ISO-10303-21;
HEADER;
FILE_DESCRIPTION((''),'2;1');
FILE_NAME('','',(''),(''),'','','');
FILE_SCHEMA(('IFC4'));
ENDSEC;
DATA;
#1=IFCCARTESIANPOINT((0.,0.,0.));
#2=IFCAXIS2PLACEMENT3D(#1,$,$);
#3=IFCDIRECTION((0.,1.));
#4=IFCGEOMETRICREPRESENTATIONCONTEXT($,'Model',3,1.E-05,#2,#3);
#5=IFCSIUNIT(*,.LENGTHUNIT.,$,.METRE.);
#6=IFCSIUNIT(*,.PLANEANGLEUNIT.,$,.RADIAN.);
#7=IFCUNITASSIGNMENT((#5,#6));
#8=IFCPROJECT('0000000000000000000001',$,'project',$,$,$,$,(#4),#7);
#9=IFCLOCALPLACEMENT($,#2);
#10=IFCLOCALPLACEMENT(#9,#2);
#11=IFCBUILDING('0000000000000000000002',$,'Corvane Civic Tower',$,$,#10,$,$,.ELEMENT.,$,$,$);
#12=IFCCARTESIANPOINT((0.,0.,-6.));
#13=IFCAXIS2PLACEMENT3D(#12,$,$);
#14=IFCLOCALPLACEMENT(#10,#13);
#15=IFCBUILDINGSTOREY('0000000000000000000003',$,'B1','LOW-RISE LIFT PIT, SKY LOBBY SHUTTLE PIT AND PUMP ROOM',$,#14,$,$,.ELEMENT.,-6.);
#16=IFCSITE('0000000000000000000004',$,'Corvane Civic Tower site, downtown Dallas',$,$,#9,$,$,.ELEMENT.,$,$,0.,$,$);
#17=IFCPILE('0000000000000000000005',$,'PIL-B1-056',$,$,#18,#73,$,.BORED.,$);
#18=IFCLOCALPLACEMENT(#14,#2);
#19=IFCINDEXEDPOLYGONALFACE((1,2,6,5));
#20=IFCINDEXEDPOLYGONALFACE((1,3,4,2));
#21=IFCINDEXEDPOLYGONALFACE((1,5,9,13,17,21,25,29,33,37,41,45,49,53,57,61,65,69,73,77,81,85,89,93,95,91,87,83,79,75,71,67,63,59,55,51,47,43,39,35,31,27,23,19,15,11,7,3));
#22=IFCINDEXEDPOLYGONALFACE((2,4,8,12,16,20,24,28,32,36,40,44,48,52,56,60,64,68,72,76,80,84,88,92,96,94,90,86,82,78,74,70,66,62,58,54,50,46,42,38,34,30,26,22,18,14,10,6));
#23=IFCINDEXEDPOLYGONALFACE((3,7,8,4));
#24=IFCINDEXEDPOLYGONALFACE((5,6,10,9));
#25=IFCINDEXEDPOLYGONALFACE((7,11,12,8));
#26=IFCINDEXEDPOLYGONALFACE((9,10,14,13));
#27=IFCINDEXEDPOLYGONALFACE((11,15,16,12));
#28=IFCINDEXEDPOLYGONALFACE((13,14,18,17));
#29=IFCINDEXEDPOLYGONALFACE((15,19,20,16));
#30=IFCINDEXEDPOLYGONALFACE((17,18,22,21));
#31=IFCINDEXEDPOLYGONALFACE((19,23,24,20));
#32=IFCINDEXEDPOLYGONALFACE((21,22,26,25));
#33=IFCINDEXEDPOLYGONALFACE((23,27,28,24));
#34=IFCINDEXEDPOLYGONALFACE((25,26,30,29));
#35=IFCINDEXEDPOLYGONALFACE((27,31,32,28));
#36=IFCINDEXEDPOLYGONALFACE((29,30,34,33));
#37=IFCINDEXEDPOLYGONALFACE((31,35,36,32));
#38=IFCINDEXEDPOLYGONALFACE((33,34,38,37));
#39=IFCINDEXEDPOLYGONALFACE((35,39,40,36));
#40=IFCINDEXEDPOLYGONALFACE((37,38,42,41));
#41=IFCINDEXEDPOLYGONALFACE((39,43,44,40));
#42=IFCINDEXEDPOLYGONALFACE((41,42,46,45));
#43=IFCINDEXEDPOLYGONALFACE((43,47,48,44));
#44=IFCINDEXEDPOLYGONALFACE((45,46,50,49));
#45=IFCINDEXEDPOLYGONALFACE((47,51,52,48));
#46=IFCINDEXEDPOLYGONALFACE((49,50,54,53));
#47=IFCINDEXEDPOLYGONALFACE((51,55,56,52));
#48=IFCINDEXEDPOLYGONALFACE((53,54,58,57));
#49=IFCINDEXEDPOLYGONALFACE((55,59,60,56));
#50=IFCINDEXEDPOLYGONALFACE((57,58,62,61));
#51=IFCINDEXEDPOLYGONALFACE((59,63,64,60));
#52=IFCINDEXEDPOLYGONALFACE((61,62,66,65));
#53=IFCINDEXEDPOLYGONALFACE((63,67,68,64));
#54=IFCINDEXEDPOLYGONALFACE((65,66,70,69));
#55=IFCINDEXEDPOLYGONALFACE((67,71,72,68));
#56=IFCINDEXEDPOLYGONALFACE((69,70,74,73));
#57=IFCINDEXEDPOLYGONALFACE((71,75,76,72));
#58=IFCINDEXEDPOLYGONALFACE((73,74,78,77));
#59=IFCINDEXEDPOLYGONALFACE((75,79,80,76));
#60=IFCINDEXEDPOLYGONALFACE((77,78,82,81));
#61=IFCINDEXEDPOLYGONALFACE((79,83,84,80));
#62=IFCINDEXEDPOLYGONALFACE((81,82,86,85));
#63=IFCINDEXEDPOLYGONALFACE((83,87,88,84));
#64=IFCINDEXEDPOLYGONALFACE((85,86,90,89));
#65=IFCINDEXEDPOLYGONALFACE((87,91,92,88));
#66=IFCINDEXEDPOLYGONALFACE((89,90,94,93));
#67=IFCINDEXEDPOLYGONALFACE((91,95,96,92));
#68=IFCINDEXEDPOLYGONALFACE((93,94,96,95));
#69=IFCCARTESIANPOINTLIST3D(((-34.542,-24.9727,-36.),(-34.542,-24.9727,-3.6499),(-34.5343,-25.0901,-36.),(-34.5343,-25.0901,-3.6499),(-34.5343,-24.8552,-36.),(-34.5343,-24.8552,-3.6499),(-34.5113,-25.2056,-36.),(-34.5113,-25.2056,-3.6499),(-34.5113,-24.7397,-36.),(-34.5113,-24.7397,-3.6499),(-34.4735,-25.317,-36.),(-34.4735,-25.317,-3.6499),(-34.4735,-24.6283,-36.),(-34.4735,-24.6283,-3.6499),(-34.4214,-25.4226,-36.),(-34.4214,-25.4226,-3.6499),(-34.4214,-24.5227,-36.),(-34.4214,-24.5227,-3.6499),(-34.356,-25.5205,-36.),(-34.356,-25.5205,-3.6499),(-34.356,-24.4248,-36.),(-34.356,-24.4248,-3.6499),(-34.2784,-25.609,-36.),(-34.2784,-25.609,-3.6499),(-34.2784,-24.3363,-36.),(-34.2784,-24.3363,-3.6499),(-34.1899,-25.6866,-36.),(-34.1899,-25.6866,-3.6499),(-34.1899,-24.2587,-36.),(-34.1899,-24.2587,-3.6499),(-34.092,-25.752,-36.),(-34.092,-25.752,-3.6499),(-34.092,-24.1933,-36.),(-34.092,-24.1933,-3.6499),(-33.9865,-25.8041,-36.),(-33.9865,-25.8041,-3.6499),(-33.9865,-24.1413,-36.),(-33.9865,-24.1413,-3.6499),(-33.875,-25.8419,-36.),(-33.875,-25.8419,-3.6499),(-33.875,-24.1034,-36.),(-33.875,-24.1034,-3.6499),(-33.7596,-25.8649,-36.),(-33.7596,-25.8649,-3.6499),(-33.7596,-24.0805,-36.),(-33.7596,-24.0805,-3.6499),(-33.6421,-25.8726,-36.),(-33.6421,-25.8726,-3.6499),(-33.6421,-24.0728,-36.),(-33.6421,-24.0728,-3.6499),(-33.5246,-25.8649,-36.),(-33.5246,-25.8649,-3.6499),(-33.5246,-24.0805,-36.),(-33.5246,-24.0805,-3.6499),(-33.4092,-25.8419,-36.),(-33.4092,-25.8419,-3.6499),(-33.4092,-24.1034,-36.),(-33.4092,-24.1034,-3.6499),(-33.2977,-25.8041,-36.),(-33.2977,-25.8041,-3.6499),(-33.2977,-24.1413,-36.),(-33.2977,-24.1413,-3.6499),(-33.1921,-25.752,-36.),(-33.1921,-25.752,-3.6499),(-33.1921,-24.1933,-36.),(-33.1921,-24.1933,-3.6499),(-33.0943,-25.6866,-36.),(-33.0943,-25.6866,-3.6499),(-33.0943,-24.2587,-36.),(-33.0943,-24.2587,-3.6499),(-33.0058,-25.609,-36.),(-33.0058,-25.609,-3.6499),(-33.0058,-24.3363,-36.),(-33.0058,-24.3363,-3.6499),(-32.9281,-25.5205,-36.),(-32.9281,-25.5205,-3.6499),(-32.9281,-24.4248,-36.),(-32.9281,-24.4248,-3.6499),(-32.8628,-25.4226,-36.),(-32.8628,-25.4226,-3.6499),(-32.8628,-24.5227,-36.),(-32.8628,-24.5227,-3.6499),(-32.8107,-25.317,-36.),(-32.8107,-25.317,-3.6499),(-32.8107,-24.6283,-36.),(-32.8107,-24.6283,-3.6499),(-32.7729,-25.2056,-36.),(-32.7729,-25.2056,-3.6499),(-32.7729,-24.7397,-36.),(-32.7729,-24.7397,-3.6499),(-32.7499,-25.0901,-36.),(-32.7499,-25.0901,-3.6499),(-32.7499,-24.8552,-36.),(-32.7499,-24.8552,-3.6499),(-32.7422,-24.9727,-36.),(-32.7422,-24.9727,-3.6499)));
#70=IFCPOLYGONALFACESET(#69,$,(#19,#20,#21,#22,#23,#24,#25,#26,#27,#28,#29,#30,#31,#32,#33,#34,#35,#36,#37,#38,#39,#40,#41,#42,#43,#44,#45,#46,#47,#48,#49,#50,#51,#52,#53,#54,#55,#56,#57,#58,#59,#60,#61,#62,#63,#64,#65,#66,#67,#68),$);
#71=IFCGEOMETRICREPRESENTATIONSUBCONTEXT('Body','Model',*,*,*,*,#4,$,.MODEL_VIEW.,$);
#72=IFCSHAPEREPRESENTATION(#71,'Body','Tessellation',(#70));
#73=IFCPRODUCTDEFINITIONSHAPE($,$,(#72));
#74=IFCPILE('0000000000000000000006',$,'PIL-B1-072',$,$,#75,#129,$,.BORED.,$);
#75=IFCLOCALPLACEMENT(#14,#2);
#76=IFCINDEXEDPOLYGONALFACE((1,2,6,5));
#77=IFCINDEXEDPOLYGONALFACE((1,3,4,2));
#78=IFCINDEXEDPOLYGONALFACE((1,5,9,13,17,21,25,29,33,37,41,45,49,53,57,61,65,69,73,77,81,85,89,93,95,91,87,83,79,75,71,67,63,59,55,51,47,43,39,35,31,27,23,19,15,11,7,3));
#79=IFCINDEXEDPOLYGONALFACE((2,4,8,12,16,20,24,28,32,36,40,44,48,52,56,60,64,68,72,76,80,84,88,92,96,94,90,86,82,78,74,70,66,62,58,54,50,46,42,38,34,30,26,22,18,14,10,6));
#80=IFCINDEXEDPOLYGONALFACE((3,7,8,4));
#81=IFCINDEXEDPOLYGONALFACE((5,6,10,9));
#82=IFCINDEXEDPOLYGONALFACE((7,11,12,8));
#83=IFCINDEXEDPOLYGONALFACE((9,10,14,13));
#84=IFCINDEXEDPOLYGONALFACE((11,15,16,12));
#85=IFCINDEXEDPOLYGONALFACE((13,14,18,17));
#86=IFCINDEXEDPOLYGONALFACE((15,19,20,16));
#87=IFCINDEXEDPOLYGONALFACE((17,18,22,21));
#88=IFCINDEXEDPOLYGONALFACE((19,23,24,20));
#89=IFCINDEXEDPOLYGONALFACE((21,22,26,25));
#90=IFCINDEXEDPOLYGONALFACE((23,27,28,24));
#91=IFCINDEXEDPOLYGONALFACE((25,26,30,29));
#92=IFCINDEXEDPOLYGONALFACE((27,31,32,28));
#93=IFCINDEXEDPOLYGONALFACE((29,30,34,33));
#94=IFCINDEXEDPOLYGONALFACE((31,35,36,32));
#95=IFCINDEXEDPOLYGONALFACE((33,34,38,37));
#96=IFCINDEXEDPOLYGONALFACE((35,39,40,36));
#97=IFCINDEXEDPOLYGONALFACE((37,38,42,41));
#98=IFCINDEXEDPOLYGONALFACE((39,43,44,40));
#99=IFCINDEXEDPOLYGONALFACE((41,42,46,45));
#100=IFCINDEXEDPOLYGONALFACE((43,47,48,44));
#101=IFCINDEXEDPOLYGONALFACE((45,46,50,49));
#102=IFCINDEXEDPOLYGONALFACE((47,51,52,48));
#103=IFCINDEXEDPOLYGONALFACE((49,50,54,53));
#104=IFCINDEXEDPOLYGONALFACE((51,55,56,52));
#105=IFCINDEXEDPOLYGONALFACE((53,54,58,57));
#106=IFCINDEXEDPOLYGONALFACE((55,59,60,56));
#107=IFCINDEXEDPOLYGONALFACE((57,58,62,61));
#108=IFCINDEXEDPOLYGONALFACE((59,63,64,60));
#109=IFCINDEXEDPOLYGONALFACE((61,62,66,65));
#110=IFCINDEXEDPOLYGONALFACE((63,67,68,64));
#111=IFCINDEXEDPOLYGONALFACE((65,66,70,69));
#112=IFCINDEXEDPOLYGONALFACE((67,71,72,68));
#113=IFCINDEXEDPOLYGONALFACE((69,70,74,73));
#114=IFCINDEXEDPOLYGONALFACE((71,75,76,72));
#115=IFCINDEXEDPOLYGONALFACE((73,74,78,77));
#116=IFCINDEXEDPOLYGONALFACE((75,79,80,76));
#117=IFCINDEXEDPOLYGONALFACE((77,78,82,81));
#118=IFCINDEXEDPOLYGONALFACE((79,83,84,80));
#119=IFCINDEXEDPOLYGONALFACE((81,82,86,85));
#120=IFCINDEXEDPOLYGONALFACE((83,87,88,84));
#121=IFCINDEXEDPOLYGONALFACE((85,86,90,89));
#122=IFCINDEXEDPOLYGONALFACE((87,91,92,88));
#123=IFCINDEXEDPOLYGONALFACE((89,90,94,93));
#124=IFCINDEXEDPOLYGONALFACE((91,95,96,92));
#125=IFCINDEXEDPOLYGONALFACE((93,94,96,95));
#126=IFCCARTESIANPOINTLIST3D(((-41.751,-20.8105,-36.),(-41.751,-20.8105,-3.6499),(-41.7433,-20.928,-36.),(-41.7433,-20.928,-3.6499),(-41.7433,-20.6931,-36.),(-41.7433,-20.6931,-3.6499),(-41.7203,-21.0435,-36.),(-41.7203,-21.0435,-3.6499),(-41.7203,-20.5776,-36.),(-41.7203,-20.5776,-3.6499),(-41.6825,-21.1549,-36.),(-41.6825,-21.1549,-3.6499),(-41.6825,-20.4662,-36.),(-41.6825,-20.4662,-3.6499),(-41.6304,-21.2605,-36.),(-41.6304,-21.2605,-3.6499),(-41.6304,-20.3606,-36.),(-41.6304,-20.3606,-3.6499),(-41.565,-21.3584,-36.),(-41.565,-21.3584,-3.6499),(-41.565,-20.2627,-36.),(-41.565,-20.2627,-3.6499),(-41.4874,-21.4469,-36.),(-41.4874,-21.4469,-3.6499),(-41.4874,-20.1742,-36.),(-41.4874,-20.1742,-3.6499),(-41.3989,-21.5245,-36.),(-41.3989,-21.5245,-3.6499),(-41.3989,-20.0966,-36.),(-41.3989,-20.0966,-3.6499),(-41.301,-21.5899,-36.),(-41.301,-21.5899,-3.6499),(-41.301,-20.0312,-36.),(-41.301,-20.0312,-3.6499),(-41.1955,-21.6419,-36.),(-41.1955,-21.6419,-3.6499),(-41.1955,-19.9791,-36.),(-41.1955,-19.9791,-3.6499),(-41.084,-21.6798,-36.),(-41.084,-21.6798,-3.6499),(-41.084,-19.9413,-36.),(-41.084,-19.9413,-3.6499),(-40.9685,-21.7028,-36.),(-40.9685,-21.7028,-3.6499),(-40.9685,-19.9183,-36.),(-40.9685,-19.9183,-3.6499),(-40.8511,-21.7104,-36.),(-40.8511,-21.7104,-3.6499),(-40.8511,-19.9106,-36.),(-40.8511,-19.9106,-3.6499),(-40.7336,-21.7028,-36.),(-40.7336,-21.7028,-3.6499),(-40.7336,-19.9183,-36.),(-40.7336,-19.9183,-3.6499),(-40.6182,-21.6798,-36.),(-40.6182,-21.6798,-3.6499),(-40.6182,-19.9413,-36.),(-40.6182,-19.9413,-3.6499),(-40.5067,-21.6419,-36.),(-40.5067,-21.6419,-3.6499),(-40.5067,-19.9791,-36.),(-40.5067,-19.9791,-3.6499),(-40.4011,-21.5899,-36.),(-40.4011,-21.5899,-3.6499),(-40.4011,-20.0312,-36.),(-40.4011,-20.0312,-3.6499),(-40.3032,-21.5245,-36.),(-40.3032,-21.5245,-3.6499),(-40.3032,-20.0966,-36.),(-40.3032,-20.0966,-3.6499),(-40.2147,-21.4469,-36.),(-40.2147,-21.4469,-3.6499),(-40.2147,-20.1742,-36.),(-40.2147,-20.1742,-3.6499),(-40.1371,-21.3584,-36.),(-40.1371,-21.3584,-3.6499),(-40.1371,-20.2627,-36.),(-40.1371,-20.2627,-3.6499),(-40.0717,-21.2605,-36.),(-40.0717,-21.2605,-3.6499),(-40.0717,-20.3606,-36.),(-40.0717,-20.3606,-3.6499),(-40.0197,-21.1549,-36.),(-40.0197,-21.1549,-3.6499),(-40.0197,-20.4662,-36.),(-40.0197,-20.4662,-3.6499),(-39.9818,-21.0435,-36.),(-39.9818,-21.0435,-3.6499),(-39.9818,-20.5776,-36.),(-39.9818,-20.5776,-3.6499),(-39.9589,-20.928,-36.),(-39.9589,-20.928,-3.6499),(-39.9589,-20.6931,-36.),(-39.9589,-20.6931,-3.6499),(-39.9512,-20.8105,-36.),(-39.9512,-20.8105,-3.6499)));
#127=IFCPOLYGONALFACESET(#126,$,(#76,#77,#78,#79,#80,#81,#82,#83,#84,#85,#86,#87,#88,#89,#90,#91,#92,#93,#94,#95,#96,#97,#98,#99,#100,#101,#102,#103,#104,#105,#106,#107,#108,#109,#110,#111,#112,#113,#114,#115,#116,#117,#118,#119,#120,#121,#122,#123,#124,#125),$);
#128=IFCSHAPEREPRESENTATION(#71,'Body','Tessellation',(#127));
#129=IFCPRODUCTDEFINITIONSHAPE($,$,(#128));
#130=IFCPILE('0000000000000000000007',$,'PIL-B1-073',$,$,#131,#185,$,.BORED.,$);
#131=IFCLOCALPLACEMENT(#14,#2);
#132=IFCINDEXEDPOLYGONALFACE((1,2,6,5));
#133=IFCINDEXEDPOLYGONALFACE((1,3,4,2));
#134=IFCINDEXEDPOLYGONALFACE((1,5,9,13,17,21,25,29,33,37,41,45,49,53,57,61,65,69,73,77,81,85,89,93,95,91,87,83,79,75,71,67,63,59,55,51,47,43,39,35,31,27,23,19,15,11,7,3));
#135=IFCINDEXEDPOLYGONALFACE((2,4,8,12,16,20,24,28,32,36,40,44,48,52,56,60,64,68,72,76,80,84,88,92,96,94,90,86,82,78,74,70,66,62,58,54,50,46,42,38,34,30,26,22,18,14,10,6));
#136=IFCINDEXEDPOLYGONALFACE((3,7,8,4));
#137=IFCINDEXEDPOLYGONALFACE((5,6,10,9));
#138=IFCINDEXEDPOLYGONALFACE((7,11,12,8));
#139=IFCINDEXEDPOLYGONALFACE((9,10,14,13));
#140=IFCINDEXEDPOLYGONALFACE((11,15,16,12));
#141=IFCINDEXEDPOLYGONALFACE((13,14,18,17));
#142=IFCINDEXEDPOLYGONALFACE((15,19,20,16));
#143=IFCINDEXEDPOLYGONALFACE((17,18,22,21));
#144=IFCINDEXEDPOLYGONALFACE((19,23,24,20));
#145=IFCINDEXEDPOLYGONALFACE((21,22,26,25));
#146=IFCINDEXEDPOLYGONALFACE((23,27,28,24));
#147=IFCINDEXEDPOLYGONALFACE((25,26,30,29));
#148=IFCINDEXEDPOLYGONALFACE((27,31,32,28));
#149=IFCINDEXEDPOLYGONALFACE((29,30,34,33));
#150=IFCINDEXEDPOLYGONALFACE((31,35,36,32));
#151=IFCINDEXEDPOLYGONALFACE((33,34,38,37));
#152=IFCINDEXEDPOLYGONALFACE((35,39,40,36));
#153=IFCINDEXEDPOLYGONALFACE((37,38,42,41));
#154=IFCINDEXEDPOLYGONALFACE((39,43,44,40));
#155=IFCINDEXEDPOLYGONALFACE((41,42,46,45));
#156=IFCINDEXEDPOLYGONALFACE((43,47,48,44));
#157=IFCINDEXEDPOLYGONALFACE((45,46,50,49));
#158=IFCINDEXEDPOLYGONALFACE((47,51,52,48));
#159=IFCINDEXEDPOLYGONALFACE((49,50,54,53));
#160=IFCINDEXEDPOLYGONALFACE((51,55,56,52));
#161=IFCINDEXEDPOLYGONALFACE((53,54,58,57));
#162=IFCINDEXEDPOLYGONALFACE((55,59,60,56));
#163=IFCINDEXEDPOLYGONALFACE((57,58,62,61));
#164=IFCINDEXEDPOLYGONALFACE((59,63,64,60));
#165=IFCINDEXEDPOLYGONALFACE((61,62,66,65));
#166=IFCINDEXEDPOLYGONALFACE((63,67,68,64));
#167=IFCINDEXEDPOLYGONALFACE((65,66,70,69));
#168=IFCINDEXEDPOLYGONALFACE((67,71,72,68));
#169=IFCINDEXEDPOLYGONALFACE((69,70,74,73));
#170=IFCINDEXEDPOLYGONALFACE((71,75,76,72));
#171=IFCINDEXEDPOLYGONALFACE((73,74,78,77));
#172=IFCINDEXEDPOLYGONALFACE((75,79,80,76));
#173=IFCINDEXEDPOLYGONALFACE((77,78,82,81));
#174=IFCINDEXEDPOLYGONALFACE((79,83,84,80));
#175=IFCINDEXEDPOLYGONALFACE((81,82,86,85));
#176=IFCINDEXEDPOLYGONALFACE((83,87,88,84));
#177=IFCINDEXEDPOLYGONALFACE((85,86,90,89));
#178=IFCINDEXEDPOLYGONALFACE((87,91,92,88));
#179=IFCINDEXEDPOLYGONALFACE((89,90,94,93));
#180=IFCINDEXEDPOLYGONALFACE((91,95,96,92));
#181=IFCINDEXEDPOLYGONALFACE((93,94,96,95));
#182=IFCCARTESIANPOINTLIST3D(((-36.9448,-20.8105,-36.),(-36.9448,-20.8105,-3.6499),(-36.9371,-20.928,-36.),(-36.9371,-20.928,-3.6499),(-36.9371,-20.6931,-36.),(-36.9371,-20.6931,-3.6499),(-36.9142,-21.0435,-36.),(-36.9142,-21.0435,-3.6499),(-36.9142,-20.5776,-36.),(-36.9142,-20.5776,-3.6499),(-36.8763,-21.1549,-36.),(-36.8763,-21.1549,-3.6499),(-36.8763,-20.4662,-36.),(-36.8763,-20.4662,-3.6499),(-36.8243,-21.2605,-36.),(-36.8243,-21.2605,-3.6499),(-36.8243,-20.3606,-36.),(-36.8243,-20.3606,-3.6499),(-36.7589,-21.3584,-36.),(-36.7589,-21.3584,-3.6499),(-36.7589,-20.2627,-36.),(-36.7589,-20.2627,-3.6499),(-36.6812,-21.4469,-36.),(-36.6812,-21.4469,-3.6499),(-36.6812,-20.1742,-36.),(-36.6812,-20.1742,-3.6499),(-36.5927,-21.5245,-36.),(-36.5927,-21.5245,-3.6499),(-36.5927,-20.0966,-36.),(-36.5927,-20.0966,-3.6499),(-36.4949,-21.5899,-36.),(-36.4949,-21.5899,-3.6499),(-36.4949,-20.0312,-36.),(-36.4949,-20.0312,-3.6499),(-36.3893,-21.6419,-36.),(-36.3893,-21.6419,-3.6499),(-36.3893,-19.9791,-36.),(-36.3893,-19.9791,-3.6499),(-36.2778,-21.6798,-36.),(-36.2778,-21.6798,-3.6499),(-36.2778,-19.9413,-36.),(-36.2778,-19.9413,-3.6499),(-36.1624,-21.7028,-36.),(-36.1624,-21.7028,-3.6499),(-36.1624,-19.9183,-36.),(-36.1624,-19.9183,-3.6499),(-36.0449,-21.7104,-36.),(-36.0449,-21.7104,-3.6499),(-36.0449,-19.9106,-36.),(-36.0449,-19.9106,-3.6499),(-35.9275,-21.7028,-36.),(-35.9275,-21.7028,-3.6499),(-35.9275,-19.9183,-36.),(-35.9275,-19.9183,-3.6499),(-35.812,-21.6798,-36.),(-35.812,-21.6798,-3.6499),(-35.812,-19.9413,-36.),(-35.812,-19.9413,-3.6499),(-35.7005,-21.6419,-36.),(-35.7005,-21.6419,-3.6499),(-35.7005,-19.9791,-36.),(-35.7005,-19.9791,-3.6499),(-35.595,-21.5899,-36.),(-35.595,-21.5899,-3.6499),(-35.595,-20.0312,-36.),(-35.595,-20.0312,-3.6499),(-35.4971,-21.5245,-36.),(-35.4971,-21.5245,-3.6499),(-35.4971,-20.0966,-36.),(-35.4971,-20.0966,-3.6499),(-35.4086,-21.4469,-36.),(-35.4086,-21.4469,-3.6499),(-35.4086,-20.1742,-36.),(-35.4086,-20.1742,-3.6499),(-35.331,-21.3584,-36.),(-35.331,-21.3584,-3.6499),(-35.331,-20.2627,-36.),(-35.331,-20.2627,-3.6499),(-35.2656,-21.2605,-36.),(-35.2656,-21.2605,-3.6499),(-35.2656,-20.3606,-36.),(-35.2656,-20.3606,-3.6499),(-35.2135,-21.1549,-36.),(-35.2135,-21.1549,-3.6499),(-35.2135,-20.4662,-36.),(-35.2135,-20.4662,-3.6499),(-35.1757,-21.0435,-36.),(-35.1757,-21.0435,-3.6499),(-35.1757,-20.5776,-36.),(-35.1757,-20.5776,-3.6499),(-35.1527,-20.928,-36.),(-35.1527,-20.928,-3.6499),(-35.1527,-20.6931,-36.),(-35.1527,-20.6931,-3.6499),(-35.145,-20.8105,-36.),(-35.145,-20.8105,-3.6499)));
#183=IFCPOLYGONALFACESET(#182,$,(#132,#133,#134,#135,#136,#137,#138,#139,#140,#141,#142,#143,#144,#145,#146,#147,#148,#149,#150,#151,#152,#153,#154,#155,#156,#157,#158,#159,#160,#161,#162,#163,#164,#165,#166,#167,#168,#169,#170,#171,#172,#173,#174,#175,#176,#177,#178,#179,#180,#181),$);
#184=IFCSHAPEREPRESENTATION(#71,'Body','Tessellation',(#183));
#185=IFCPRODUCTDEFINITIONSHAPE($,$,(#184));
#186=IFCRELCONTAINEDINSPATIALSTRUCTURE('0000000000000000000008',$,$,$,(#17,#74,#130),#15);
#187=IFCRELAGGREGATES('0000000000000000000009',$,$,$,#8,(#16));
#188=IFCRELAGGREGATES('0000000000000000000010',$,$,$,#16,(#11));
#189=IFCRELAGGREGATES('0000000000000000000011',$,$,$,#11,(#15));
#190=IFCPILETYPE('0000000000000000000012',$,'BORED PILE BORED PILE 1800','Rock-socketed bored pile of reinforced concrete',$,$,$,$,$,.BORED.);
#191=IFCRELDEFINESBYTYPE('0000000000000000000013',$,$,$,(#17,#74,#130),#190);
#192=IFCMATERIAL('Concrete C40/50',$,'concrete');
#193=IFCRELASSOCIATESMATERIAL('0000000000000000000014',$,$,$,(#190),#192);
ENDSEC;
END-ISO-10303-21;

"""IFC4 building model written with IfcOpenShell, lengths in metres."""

from ifc_helpers import new_model, si_unit, direction, frame, origin, origin_2d, place, context, subcontext, project, spatial, circle, extrude, material, material_profile, profile_set, type_object, element, save


model = new_model("IFC4")

# Units and contexts
model_context = context("Model", 3, precision=1e-05, world=origin(), true_north=direction((0.0, 1.0)))
body_context = subcontext(model_context, "Body", "Model", "MODEL_VIEW")
ifc_project = project(units=[si_unit("LENGTHUNIT", "METRE"), si_unit("PLANEANGLEUNIT", "RADIAN")], contexts=[model_context])

# Site, building, storey
site_placement = place(None, origin())
site = spatial("IfcSite", under=ifc_project, at=site_placement, Name="Corvane Civic Tower site, downtown Dallas", CompositionType="ELEMENT", RefElevation=0.0)
building_placement = place(site_placement, origin())
building = spatial("IfcBuilding", under=site, at=building_placement, Name="Corvane Civic Tower", CompositionType="ELEMENT")
storey_placement = place(building_placement, frame((0.0, 0.0, -6.0)))
storey = spatial("IfcBuildingStorey", under=building, at=storey_placement, Name="B1", Description="LOW-RISE LIFT PIT, SKY LOBBY SHUTTLE PIT AND PUMP ROOM", CompositionType="ELEMENT", Elevation=-6.0)

# Piles
ifc_material_1 = material(Name="Concrete C40/50", Category="concrete")
ifc_material_profile_1 = material_profile(ifc_material_1, circle(Radius=0.8999, at=origin_2d()), Name="BORED PILE 1800")
ifc_profile_set_1 = profile_set([ifc_material_profile_1], Name="Concrete C40/50")
pile_type_1 = type_object("IfcPileType", Name="BORED PILE BORED PILE 1800", Description="Rock-socketed bored pile of reinforced concrete", PredefinedType="BORED", material=ifc_profile_set_1)
for number, where, z_axis, x_axis, name in (
    (1, (-33.6421, -24.9727, -3.6499), (0.0, 0.0, -1.0), (1.0, 0.0, 0.0), "PIL-B1-056"),
    (2, (-40.8511, -20.8105, -3.6499), (0.0, 0.0, -1.0), (1.0, 0.0, 0.0), "PIL-B1-072"),
    (3, (-36.0449, -20.8105, -3.6499), (0.0, 0.0, -1.0), (1.0, 0.0, 0.0), "PIL-B1-073"),
):
    element("IfcPile", number, at=place(storey_placement, frame(where, z_axis=z_axis, x_axis=x_axis)), inside=storey, type_object=pile_type_1, Name=name, PredefinedType="BORED", context=body_context, shape_type="SweptSolid", body=[
        extrude(circle(Radius=0.8999, at=origin_2d()), origin(), (0.0, 0.0, 1.0), 32.3501),
    ])

save(model, "model.ifc")
